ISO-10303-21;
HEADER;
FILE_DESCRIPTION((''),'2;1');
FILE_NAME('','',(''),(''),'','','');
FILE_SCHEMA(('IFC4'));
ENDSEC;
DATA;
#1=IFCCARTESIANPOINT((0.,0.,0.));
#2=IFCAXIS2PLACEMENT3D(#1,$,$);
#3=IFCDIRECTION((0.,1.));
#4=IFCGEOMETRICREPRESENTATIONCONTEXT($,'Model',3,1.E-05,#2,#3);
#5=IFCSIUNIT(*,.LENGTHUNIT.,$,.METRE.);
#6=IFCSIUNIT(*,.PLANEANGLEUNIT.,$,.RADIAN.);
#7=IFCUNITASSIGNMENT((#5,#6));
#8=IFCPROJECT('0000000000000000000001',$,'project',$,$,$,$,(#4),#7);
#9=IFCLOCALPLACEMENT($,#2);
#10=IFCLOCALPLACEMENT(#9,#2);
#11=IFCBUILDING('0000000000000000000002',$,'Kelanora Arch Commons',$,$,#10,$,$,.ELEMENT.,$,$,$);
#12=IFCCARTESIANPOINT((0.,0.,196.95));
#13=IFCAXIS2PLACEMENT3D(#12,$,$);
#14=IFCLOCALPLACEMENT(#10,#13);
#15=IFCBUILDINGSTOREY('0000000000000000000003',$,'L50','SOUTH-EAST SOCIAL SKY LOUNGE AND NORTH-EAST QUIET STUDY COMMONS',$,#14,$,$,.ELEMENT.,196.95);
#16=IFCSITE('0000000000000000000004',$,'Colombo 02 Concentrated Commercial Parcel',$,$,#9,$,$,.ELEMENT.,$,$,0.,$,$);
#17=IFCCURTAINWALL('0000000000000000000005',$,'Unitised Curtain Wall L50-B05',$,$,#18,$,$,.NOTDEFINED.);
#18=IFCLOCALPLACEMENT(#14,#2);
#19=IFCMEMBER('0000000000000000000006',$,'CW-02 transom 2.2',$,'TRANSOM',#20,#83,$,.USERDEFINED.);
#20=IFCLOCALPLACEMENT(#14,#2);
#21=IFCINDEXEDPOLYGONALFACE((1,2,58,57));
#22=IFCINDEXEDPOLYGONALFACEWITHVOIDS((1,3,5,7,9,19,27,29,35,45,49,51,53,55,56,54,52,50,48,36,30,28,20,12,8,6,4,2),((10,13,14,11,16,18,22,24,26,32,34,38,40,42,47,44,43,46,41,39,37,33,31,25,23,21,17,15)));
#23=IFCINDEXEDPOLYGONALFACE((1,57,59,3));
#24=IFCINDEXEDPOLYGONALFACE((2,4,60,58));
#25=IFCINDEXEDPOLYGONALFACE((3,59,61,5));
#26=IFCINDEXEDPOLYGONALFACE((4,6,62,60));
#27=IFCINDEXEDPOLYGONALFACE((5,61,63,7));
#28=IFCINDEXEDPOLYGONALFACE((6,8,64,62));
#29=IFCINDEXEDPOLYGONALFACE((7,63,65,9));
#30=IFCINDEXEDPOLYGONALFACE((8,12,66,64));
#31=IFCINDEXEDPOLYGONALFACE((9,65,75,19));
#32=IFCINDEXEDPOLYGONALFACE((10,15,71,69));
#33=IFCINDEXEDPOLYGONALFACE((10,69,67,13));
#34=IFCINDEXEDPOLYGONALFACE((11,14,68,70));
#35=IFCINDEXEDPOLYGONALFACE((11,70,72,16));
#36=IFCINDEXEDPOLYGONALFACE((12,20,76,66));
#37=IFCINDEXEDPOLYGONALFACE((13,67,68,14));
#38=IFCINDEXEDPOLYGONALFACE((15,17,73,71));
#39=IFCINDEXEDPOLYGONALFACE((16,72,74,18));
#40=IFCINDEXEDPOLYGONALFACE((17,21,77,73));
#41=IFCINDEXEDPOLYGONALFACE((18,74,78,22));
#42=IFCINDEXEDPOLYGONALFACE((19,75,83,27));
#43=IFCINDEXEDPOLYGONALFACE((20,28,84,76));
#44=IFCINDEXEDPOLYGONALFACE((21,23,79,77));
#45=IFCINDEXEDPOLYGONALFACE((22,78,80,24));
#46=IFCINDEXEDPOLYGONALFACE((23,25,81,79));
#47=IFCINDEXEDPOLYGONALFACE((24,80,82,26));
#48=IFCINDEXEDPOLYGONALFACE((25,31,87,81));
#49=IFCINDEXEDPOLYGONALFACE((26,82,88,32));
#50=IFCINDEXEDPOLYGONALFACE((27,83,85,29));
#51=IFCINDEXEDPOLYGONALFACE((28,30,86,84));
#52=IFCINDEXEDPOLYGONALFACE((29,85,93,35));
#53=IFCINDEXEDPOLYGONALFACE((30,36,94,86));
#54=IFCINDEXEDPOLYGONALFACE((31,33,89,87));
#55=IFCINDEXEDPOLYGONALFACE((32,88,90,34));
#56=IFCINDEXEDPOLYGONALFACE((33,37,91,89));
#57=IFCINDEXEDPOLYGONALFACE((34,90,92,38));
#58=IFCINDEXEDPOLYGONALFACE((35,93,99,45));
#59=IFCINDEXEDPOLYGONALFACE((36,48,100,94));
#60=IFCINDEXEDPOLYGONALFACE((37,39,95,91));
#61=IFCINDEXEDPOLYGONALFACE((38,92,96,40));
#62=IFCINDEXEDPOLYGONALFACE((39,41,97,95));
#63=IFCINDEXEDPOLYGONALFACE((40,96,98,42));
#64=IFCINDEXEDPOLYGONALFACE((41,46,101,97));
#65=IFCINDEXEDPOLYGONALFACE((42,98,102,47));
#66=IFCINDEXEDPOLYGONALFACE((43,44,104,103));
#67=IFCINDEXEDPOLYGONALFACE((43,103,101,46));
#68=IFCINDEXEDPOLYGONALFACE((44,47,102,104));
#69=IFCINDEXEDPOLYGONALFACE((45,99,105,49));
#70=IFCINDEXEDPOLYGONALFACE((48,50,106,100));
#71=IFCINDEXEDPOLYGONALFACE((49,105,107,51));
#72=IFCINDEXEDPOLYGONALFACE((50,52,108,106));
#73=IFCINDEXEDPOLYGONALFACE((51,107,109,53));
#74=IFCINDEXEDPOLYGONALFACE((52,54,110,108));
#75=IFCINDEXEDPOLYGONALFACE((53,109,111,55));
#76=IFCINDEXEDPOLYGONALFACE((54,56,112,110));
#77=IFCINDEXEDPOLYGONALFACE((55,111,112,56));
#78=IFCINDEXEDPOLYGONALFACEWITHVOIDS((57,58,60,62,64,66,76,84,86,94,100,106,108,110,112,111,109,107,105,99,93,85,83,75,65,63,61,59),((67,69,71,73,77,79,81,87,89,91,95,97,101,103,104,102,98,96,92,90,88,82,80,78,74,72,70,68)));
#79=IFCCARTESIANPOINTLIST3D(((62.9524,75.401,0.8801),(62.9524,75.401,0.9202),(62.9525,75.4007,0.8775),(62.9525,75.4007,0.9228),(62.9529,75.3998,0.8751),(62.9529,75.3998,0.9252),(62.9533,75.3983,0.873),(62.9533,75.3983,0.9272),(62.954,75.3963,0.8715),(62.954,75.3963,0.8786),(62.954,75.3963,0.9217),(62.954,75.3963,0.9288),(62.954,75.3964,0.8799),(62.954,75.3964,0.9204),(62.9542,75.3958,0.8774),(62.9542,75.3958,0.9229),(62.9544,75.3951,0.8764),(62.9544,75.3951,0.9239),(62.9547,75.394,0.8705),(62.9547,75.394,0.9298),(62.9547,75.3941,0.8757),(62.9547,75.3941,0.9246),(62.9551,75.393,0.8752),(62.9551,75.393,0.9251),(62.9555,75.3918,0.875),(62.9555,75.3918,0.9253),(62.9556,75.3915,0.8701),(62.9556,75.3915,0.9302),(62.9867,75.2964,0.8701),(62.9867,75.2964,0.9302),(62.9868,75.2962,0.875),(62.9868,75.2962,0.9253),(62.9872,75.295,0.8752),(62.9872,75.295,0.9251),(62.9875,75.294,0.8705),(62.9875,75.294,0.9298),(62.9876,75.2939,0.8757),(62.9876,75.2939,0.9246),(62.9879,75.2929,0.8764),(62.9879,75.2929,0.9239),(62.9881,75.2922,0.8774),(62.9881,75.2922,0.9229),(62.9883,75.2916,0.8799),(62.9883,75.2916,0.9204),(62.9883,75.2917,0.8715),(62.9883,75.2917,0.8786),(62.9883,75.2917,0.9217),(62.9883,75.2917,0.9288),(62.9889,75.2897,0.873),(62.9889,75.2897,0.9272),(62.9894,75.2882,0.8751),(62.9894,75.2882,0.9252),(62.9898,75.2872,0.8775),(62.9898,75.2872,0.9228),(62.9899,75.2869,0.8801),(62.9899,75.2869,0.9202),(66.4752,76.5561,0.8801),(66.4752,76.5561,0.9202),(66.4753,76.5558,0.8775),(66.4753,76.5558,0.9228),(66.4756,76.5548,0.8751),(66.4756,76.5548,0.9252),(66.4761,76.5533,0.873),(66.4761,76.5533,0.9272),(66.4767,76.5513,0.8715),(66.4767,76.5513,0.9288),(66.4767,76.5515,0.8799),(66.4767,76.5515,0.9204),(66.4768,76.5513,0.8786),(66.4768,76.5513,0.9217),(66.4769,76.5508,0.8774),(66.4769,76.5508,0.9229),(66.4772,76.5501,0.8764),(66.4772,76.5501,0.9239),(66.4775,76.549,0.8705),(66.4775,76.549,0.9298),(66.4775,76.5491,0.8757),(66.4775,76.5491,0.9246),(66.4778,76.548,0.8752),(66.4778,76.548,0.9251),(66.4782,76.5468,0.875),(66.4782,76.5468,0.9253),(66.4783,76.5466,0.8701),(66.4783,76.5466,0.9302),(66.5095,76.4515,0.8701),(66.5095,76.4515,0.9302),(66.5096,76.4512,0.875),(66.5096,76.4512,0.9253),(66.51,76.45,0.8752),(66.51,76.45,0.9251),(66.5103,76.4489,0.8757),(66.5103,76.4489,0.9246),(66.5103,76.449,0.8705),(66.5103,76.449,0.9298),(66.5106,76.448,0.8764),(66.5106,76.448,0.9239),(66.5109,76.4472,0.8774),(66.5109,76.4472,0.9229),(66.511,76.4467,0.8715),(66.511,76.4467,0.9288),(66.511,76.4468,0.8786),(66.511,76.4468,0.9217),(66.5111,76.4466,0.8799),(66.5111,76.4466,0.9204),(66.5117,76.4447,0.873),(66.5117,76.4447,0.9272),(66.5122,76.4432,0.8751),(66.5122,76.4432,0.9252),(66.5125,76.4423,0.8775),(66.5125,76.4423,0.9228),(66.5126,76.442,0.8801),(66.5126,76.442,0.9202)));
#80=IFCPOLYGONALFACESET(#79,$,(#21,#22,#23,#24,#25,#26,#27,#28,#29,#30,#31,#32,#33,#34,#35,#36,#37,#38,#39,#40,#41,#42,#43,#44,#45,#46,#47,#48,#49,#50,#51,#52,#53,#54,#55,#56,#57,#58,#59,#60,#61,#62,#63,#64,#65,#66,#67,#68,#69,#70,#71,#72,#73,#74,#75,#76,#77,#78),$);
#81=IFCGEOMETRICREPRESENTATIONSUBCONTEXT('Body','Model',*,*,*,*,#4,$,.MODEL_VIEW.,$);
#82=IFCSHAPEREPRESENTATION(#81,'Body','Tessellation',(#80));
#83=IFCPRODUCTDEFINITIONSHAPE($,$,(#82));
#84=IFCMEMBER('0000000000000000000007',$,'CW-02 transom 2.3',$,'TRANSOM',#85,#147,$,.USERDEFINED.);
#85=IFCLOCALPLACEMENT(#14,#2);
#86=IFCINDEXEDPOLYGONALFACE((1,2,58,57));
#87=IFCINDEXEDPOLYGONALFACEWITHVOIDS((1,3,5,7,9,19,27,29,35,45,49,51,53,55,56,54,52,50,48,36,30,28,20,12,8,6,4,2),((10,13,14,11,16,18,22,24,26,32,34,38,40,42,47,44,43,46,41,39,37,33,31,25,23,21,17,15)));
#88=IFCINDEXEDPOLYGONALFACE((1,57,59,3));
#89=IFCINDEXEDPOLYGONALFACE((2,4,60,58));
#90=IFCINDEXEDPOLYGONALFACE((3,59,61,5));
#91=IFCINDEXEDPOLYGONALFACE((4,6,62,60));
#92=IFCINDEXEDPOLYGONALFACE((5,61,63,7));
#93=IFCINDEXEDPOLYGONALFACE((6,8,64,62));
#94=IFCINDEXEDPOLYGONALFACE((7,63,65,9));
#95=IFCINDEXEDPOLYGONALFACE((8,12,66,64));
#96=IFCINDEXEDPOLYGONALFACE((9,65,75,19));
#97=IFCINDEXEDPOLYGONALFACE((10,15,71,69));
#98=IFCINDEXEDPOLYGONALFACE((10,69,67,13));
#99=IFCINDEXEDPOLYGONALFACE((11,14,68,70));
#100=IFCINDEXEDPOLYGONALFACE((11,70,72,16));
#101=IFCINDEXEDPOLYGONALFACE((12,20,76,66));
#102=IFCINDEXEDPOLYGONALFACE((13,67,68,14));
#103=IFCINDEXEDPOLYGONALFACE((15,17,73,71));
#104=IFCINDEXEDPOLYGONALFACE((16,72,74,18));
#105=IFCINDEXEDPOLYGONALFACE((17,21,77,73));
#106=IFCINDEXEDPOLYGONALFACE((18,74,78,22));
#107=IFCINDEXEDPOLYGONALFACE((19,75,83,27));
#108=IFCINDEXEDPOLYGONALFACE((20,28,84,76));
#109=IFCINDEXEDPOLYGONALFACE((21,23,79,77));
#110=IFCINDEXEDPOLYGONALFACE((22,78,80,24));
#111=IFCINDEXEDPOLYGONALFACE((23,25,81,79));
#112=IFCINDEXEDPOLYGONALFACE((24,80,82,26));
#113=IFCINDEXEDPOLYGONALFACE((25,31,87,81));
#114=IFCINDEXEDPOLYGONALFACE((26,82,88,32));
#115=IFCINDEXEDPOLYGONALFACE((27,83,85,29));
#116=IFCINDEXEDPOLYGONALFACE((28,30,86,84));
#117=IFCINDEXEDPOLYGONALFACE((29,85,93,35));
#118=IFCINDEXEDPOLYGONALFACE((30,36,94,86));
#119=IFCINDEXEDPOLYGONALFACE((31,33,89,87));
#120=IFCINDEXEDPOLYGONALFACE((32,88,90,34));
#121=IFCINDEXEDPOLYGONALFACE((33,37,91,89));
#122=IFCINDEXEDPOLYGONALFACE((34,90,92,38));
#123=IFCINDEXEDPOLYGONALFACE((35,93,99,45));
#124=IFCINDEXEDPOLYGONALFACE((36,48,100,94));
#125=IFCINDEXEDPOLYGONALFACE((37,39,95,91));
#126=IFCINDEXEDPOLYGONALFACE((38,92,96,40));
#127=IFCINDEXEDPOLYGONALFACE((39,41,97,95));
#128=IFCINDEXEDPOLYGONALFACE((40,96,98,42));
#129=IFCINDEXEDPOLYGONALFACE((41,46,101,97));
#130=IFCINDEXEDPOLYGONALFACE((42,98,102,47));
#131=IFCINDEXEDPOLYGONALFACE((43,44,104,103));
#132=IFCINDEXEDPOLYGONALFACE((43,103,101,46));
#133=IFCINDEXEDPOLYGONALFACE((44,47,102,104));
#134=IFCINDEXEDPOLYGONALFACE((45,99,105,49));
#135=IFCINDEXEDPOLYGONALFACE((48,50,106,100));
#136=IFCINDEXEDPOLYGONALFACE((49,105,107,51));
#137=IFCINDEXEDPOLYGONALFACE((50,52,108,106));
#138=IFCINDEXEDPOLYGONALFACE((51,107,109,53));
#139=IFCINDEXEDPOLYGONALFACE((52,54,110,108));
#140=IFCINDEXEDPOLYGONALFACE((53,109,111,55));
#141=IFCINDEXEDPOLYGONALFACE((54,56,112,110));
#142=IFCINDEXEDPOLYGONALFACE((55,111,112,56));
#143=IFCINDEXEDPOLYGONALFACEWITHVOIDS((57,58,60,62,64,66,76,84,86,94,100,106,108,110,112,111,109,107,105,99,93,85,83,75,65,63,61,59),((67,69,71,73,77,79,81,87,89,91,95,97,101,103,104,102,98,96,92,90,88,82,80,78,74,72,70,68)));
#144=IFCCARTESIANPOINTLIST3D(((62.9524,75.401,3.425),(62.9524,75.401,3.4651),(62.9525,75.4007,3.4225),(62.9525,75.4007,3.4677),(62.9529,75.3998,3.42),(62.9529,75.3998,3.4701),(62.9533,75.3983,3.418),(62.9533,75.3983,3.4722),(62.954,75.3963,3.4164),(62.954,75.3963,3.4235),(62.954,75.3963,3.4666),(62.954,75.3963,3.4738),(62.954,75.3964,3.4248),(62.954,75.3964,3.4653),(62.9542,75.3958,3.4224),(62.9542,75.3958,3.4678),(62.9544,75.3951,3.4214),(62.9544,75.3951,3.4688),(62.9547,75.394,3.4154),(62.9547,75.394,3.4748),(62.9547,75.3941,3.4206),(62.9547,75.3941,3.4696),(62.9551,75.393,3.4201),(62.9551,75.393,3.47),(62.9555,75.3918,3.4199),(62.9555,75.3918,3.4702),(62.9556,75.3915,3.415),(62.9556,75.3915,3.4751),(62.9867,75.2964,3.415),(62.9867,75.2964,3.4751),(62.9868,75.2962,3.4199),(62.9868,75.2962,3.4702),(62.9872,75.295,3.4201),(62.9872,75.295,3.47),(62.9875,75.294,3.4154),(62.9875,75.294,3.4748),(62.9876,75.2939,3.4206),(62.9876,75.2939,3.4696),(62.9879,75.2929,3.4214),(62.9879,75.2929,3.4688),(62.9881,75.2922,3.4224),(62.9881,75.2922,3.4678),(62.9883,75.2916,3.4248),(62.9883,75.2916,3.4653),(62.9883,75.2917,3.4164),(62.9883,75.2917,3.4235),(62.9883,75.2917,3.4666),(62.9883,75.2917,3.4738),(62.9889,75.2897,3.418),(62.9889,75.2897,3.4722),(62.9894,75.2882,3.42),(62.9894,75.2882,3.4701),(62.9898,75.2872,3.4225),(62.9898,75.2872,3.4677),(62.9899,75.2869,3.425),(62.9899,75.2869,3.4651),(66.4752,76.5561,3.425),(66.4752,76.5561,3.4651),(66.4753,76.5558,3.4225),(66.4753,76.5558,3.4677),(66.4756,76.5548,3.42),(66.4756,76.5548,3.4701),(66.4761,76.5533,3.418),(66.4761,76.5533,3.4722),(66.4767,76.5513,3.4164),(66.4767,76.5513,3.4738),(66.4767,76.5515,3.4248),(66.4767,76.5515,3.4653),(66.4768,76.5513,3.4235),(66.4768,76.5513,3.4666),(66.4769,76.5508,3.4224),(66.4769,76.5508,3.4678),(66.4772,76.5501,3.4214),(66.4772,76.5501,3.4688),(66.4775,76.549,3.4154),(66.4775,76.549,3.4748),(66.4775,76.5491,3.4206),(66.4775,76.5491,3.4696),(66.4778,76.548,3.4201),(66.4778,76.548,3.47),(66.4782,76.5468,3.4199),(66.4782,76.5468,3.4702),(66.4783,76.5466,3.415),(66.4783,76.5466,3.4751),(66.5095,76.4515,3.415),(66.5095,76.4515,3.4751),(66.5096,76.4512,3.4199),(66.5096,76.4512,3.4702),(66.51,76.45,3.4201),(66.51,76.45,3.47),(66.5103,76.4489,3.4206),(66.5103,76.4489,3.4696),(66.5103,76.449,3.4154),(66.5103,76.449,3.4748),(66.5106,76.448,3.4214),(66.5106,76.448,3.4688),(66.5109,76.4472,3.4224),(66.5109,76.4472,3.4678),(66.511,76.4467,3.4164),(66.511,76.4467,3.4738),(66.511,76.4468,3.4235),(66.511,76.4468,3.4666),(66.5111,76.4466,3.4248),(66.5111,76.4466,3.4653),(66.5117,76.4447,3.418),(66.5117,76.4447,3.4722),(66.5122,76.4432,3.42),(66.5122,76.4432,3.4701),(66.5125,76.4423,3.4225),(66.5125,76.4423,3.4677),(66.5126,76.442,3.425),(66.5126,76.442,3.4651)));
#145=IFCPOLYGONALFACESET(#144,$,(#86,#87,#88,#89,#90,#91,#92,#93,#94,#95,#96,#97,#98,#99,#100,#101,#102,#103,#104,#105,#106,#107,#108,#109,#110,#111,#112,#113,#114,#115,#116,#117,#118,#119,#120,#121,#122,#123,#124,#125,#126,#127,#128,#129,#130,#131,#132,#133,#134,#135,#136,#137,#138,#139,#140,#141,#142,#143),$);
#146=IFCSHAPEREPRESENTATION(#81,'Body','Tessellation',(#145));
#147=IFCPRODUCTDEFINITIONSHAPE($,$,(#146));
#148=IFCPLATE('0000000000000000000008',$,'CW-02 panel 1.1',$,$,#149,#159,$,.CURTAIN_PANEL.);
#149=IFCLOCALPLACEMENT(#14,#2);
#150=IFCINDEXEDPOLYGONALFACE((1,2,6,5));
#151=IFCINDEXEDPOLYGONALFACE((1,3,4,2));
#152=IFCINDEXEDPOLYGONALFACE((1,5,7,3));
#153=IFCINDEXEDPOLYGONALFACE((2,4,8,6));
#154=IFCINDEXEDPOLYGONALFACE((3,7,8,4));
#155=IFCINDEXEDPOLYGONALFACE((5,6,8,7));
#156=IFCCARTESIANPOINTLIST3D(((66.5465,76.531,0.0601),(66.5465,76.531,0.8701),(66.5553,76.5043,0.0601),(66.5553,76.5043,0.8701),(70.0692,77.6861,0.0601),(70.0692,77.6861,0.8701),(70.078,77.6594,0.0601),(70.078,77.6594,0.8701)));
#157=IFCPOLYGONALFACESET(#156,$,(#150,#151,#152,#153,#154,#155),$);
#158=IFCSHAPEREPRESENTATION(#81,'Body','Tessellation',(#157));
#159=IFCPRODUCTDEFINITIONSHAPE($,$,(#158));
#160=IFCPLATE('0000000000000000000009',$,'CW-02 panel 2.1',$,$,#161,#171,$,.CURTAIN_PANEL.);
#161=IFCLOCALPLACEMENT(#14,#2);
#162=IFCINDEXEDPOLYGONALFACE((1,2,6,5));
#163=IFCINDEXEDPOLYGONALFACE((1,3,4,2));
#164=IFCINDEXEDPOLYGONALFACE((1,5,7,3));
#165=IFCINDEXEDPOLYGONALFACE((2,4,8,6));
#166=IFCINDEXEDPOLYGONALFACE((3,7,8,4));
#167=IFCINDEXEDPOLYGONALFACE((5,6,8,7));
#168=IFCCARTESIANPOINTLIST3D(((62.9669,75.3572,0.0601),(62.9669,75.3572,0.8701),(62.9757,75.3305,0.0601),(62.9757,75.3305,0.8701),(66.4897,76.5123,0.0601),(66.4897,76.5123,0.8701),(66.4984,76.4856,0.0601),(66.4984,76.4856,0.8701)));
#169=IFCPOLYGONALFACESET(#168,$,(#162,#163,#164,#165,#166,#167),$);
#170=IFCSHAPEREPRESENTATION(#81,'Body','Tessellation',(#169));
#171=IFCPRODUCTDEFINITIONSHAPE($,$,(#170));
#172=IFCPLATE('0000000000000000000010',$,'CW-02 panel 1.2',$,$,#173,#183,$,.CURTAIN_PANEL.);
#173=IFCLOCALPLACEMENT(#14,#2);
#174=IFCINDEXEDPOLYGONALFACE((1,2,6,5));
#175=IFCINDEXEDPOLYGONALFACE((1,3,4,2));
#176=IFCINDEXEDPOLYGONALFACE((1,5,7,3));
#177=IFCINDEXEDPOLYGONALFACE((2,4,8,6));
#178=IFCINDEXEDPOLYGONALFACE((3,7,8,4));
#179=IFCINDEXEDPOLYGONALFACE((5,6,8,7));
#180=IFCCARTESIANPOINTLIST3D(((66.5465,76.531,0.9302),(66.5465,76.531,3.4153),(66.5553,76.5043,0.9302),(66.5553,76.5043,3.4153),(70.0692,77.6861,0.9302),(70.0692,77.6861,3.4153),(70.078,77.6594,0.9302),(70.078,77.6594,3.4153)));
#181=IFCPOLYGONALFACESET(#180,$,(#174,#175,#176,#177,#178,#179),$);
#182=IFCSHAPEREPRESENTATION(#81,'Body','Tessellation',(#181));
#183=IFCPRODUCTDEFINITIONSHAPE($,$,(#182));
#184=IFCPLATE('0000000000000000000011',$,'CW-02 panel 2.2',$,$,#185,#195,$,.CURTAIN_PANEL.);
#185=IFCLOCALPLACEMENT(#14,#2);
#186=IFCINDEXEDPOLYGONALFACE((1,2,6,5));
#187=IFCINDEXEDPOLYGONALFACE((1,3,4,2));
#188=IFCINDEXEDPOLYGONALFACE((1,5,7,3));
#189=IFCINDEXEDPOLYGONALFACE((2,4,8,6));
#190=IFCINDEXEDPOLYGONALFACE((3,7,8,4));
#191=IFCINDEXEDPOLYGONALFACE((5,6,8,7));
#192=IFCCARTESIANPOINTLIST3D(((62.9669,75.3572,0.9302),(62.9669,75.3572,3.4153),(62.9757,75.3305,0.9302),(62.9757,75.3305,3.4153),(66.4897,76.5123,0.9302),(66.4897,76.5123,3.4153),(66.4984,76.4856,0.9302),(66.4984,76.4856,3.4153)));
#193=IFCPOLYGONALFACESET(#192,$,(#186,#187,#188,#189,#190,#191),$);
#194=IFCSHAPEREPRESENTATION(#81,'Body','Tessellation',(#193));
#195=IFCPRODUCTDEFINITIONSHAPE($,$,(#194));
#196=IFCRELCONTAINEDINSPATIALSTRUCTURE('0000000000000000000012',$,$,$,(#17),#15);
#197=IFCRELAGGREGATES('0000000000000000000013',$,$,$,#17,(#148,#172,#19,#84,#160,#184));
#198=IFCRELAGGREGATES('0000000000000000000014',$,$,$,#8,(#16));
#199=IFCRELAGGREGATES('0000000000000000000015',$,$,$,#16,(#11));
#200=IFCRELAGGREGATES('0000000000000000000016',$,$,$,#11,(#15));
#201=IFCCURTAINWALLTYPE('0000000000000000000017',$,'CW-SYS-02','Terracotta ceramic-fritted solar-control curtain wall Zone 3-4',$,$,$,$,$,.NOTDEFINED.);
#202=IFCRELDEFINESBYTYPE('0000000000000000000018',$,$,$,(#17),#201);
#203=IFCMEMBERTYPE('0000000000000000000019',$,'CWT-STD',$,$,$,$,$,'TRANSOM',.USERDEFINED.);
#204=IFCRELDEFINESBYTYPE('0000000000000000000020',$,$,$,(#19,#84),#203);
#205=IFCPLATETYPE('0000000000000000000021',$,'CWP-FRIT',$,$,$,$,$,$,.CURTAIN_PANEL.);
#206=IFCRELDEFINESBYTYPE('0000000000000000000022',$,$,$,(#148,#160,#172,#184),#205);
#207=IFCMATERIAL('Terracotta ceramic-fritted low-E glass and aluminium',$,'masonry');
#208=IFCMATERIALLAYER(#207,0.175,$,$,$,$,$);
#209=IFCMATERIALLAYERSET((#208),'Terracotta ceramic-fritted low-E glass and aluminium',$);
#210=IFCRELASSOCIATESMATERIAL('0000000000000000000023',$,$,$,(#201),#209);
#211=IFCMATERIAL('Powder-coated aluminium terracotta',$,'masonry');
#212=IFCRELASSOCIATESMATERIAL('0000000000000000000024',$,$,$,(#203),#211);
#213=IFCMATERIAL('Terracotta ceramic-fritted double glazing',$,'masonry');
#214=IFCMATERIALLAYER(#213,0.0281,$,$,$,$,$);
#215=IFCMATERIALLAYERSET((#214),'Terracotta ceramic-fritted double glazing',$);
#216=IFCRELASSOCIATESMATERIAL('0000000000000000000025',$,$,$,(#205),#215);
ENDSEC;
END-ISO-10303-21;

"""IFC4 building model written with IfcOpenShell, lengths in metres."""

from ifc_helpers import new_model, si_unit, direction, frame, origin, origin_2d, place, context, subcontext, project, spatial, rectangle, hollow_rectangle, extrude, source, transform, mapped, material, layer, layer_set, material_profile, profile_set, type_object, element, aggregate, save


model = new_model("IFC4")

# Units and contexts
model_context = context("Model", 3, precision=1e-05, world=origin(), true_north=direction((0.0, 1.0)))
body_context = subcontext(model_context, "Body", "Model", "MODEL_VIEW")
ifc_project = project(units=[si_unit("LENGTHUNIT", "METRE"), si_unit("PLANEANGLEUNIT", "RADIAN")], contexts=[model_context])

# Site, building, storey
site_placement = place(None, origin())
site = spatial("IfcSite", under=ifc_project, at=site_placement, Name="Colombo 02 Concentrated Commercial Parcel", CompositionType="ELEMENT", RefElevation=0.0)
building_placement = place(site_placement, origin())
building = spatial("IfcBuilding", under=site, at=building_placement, Name="Kelanora Arch Commons", CompositionType="ELEMENT")
storey_placement = place(building_placement, frame((0.0, 0.0, 196.95)))
storey = spatial("IfcBuildingStorey", under=building, at=storey_placement, Name="L50", Description="SOUTH-EAST SOCIAL SKY LOUNGE AND NORTH-EAST QUIET STUDY COMMONS", CompositionType="ELEMENT", Elevation=196.95)

# Curtain wall, members, plates
ifc_material_1 = material(Name="Terracotta ceramic-fritted low-E glass and aluminium", Category="masonry")
ifc_layer_1 = layer(ifc_material_1, 0.175)
ifc_layer_set_1 = layer_set([ifc_layer_1], Name="Terracotta ceramic-fritted low-E glass and aluminium")
curtain_wall_type = type_object("IfcCurtainWallType", Name="CW-SYS-02", Description="Terracotta ceramic-fritted solar-control curtain wall Zone 3-4", PredefinedType="NOTDEFINED", material=ifc_layer_set_1)
curtain_wall_placement = place(storey_placement, origin())
curtain_wall = element("IfcCurtainWall", 1, at=curtain_wall_placement, inside=storey, type_object=curtain_wall_type, Name="Unitised Curtain Wall L50-B05", PredefinedType="NOTDEFINED")
ifc_material_2 = material(Name="Powder-coated aluminium terracotta", Category="masonry")
ifc_material_profile_1 = material_profile(ifc_material_2, hollow_rectangle(XDim=0.1201, YDim=0.0601, WallThickness=0.0049, InnerFilletRadius=0.0049, OuterFilletRadius=0.01, at=origin_2d()), Name="CWT120x60")
ifc_profile_set_1 = profile_set([ifc_material_profile_1], Name="Powder-coated aluminium terracotta")
member_type_1 = type_object("IfcMemberType", Name="CWT-STD", ElementType="TRANSOM", PredefinedType="USERDEFINED", material=ifc_profile_set_1)
member_1_placement = place(storey_placement, frame((66.4939, 76.499, 0.9001), z_axis=(-0.950226, -0.311561, 0.0), x_axis=(0.311561, -0.950226, 0.0)))
member_1 = element("IfcMember", 2, at=member_1_placement, type_object=member_type_1, Name="CW-02 transom 2.2", ObjectType="TRANSOM", PredefinedType="USERDEFINED", context=body_context, shape_type="SweptSolid", body=[
    extrude(hollow_rectangle(XDim=0.1201, YDim=0.0601, WallThickness=0.0049, InnerFilletRadius=0.0049, OuterFilletRadius=0.01, at=origin_2d()), origin(), (0.0, 0.0, 1.0), 3.7073),
])
member_2_placement = place(storey_placement, frame((66.4939, 76.499, 3.4451), z_axis=(-0.950226, -0.311561, 0.0), x_axis=(0.311561, -0.950226, 0.0)))
member_2 = element("IfcMember", 3, at=member_2_placement, type_object=member_type_1, Name="CW-02 transom 2.3", ObjectType="TRANSOM", PredefinedType="USERDEFINED", context=body_context, shape_type="SweptSolid", body=[
    extrude(hollow_rectangle(XDim=0.1201, YDim=0.0601, WallThickness=0.0049, InnerFilletRadius=0.0049, OuterFilletRadius=0.01, at=origin_2d()), origin(), (0.0, 0.0, 1.0), 3.7073),
])
ifc_material_3 = material(Name="Terracotta ceramic-fritted double glazing", Category="masonry")
ifc_layer_2 = layer(ifc_material_3, 0.0281)
ifc_layer_set_2 = layer_set([ifc_layer_2], Name="Terracotta ceramic-fritted double glazing")
plate_type = type_object("IfcPlateType", Name="CWP-FRIT", PredefinedType="CURTAIN_PANEL", material=ifc_layer_set_2)
shared_shape_1 = source(origin(), body_context, "Body", "SweptSolid", [
    extrude(rectangle(XDim=3.7073, YDim=0.0281, at=origin_2d()), origin(), (0.0, 0.0, 1.0), 0.8101),
])
plate_1_placement = place(storey_placement, frame((68.3123, 77.0952, 0.0601), z_axis=(0.0, 0.0, 1.0), x_axis=(-0.950219, -0.311582, 0.0)))
plate_1 = element("IfcPlate", 4, at=plate_1_placement, type_object=plate_type, Name="CW-02 panel 1.1", PredefinedType="CURTAIN_PANEL", context=body_context, shape_type="MappedRepresentation", body=[
    mapped(shared_shape_1, transform((0.0, 0.0, 0.0), scale=1.0)),
])
plate_2_placement = place(storey_placement, frame((64.7327, 75.9214, 0.0601), z_axis=(0.0, 0.0, 1.0), x_axis=(-0.950219, -0.311582, 0.0)))
plate_2 = element("IfcPlate", 5, at=plate_2_placement, type_object=plate_type, Name="CW-02 panel 2.1", PredefinedType="CURTAIN_PANEL", context=body_context, shape_type="MappedRepresentation", body=[
    mapped(shared_shape_1, transform((0.0, 0.0, 0.0), scale=1.0)),
])
shared_shape_2 = source(origin(), body_context, "Body", "SweptSolid", [
    extrude(rectangle(XDim=3.7073, YDim=0.0281, at=origin_2d()), origin(), (0.0, 0.0, 1.0), 2.4851),
])
plate_3_placement = place(storey_placement, frame((68.3123, 77.0952, 0.9302), z_axis=(0.0, 0.0, 1.0), x_axis=(-0.950219, -0.311582, 0.0)))
plate_3 = element("IfcPlate", 6, at=plate_3_placement, type_object=plate_type, Name="CW-02 panel 1.2", PredefinedType="CURTAIN_PANEL", context=body_context, shape_type="MappedRepresentation", body=[
    mapped(shared_shape_2, transform((0.0, 0.0, 0.0), scale=1.0)),
])
plate_4_placement = place(storey_placement, frame((64.7327, 75.9214, 0.9302), z_axis=(0.0, 0.0, 1.0), x_axis=(-0.950219, -0.311582, 0.0)))
plate_4 = element("IfcPlate", 7, at=plate_4_placement, type_object=plate_type, Name="CW-02 panel 2.2", PredefinedType="CURTAIN_PANEL", context=body_context, shape_type="MappedRepresentation", body=[
    mapped(shared_shape_2, transform((0.0, 0.0, 0.0), scale=1.0)),
])
aggregate(curtain_wall, [plate_1, plate_3, member_1, member_2, plate_2, plate_4])

save(model, "model.ifc")
